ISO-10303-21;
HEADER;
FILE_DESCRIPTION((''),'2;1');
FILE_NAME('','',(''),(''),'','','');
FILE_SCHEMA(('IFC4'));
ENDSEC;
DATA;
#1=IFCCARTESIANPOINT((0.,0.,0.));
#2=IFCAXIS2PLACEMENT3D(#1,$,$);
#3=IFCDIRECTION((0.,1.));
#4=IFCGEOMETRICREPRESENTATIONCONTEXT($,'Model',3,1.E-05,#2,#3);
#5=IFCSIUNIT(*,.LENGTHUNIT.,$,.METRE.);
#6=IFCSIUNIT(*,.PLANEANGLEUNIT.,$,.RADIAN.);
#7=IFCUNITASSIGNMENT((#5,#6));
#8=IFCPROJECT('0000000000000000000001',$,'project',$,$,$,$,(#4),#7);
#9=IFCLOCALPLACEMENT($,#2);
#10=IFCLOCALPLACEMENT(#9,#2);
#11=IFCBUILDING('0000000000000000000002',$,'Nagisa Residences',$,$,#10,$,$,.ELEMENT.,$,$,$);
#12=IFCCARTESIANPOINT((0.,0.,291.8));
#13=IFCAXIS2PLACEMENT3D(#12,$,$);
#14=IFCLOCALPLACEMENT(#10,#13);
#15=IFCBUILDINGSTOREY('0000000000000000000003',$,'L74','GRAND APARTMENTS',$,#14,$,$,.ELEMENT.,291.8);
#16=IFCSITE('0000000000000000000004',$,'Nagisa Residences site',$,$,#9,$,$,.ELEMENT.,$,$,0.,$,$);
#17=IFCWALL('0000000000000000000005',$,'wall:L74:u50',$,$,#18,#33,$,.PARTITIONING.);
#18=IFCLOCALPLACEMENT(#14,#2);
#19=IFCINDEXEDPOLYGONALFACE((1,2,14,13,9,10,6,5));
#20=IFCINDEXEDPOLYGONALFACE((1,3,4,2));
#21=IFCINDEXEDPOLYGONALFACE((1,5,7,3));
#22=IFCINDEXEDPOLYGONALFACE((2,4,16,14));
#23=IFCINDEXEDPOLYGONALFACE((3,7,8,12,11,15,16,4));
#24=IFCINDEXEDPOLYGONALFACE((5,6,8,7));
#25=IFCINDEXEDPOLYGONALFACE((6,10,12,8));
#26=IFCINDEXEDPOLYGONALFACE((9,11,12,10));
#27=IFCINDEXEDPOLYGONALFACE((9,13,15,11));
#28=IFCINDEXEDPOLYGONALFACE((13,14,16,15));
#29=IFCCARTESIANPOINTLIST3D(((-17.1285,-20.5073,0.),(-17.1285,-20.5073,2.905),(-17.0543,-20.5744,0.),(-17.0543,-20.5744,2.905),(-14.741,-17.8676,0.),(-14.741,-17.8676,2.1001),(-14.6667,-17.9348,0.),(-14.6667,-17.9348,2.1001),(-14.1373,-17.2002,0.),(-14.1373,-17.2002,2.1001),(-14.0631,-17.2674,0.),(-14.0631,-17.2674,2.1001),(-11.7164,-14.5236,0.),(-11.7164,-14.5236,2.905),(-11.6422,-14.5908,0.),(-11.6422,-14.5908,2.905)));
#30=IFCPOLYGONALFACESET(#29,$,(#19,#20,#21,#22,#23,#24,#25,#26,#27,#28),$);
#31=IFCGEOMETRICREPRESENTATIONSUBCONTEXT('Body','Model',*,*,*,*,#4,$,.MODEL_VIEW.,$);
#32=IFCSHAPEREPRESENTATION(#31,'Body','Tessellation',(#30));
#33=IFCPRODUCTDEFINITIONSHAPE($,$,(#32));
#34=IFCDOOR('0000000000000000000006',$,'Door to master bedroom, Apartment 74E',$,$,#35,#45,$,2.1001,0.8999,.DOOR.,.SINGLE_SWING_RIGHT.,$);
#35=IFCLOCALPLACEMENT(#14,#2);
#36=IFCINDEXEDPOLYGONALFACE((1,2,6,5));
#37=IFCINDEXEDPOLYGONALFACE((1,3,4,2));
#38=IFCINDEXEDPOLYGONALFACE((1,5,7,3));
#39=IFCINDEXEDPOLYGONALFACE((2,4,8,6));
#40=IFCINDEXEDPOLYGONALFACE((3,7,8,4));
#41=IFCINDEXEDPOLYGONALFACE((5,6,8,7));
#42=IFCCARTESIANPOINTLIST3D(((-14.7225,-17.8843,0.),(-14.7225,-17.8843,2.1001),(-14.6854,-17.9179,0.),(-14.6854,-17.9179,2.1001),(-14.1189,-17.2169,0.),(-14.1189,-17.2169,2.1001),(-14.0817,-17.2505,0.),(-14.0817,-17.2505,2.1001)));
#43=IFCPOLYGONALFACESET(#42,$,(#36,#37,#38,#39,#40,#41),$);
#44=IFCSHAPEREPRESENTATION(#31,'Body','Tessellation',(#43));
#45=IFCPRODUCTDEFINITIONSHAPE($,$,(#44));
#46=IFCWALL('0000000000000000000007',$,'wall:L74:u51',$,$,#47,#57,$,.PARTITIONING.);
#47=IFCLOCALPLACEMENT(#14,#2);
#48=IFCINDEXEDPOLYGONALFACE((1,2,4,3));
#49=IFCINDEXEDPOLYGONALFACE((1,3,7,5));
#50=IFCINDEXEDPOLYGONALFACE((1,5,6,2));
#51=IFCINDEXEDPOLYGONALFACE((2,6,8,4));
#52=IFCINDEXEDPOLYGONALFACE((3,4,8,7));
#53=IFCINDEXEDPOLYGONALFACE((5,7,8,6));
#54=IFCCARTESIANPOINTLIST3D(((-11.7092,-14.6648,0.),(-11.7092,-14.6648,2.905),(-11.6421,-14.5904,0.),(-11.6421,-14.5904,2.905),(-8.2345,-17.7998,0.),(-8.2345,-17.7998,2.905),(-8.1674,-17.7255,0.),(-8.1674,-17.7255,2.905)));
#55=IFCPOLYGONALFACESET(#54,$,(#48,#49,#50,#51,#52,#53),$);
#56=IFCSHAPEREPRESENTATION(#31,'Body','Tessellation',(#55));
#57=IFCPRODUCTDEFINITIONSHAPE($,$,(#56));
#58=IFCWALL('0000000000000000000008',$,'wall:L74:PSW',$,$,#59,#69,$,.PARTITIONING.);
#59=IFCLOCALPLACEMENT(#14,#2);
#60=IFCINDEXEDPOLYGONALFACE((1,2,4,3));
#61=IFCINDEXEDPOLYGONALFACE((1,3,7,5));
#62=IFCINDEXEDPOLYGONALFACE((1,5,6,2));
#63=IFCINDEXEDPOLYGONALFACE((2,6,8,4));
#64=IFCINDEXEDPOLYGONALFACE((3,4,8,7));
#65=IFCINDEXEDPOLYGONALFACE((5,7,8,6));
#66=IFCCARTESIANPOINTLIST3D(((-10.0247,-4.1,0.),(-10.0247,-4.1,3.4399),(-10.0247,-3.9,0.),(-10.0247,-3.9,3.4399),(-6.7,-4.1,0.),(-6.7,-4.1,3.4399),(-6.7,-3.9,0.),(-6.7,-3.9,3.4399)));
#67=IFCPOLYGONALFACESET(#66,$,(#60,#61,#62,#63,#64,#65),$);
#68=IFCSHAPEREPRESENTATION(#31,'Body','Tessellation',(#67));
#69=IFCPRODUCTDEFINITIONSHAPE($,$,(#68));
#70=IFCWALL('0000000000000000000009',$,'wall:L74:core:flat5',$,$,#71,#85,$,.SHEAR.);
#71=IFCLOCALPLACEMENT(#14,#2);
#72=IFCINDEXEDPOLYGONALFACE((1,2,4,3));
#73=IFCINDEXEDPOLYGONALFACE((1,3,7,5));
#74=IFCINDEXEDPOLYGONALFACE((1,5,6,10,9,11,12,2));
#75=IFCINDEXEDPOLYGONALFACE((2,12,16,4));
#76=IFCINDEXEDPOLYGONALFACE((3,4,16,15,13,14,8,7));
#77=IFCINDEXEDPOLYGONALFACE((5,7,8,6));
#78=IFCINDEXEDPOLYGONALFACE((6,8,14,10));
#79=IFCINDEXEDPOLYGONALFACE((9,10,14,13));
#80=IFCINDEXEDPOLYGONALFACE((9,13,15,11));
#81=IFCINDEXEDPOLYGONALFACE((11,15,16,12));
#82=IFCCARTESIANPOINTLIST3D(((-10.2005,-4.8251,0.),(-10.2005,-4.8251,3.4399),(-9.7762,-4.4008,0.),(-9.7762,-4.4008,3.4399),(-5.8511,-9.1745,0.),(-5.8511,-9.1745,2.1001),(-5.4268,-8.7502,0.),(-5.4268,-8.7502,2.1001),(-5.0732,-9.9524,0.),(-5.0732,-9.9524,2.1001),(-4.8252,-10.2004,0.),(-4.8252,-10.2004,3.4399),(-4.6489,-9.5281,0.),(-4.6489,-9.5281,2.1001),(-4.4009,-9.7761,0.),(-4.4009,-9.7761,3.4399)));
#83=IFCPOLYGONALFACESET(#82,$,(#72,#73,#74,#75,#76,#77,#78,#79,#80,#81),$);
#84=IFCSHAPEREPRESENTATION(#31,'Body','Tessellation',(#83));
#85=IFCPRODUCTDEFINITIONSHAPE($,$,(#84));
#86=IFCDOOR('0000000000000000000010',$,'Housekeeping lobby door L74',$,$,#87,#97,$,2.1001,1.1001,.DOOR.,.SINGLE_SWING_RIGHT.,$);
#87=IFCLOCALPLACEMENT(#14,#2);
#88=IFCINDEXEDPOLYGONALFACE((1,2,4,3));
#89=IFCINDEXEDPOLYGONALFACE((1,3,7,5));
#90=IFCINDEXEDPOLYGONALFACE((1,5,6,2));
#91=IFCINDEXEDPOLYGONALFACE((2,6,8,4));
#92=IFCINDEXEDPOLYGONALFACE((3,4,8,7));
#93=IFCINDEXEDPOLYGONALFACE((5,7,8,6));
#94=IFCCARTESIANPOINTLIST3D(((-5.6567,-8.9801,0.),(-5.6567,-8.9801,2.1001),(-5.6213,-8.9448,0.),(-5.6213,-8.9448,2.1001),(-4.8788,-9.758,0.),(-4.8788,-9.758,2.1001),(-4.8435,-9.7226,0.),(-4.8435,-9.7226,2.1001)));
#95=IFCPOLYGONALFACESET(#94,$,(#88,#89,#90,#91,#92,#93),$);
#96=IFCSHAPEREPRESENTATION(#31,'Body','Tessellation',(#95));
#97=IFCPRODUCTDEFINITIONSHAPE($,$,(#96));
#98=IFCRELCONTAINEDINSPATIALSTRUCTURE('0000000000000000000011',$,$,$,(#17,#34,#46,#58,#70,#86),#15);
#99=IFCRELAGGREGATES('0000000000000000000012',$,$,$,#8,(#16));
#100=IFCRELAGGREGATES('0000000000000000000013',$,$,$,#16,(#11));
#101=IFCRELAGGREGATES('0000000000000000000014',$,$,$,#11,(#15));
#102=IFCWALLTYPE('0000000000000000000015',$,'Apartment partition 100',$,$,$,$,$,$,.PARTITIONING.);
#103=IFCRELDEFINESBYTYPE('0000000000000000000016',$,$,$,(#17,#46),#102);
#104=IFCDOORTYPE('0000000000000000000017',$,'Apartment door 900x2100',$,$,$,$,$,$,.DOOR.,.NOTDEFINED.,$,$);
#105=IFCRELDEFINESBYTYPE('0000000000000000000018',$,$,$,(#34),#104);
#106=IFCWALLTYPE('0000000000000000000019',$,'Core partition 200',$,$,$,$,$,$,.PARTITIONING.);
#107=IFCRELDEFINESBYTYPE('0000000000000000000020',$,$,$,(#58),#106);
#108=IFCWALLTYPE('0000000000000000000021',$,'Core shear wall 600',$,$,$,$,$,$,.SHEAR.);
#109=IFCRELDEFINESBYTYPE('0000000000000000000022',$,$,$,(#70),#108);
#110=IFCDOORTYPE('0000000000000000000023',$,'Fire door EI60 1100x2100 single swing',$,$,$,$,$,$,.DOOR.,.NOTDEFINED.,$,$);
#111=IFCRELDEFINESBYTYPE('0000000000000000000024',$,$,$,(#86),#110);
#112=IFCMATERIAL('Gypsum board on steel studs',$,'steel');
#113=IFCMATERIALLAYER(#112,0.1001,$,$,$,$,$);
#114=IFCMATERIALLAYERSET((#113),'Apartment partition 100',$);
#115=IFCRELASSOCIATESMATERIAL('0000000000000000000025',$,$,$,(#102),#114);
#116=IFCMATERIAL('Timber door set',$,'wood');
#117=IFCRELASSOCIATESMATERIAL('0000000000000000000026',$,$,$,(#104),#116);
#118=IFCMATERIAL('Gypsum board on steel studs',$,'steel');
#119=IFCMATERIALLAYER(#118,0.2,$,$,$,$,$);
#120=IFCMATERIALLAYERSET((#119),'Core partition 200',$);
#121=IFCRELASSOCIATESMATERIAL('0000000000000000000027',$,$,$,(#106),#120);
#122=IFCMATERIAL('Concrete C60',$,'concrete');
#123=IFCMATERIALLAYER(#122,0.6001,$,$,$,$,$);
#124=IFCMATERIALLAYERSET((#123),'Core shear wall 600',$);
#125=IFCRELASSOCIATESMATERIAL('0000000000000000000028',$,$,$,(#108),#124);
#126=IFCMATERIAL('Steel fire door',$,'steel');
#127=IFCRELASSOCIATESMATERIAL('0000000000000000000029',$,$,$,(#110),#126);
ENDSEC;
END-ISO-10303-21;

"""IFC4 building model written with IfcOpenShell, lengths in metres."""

from ifc_helpers import new_model, si_unit, direction, frame, frame_2d, origin, place, context, subcontext, project, spatial, rectangle, extrude, material, layer, layer_set, type_object, element, fill, save


model = new_model("IFC4")

# Units and contexts
model_context = context("Model", 3, precision=1e-05, world=origin(), true_north=direction((0.0, 1.0)))
body_context = subcontext(model_context, "Body", "Model", "MODEL_VIEW")
ifc_project = project(units=[si_unit("LENGTHUNIT", "METRE"), si_unit("PLANEANGLEUNIT", "RADIAN")], contexts=[model_context])

# Site, building, storey
site_placement = place(None, origin())
site = spatial("IfcSite", under=ifc_project, at=site_placement, Name="Nagisa Residences site", CompositionType="ELEMENT", RefElevation=0.0)
building_placement = place(site_placement, origin())
building = spatial("IfcBuilding", under=site, at=building_placement, Name="Nagisa Residences", CompositionType="ELEMENT")
storey_placement = place(building_placement, frame((0.0, 0.0, 291.8)))
storey = spatial("IfcBuildingStorey", under=building, at=storey_placement, Name="L74", Description="GRAND APARTMENTS", CompositionType="ELEMENT", Elevation=291.8)

# Shared definitions
ifc_material_1 = material(Name="Gypsum board on steel studs", Category="steel")
ifc_layer_1 = layer(ifc_material_1, 0.1001)
ifc_layer_set_1 = layer_set([ifc_layer_1], Name="Apartment partition 100")
wall_type_1 = type_object("IfcWallType", Name="Apartment partition 100", PredefinedType="PARTITIONING", material=ifc_layer_set_1)
ifc_material_2 = material(Name="Timber door set", Category="wood")
door_type_1 = type_object("IfcDoorType", Name="Apartment door 900x2100", OperationType="NOTDEFINED", PredefinedType="DOOR", material=ifc_material_2)

# Wall, opening, door
wall_1_placement = place(storey_placement, frame((-11.6792, -14.5571, 0.0), z_axis=(0.0, 0.0, 1.0), x_axis=(-0.6708, -0.741638, 0.0)))
wall_1 = element("IfcWall", 1, at=wall_1_placement, inside=storey, type_object=wall_type_1, Name="wall:L74:u50", PredefinedType="PARTITIONING", context=body_context, shape_type="SweptSolid", body=[
    extrude(rectangle(XDim=8.0681, YDim=0.1001, at=frame_2d((4.0342, 0.0))), origin(), (0.0, 0.0, 1.0), 2.905),
])
opening_1_placement = place(wall_1_placement, frame((3.6091, 0.0, 0.0)))
opening_1 = element("IfcOpeningElement", 2, at=opening_1_placement, cuts=wall_1, PredefinedType="OPENING", context=body_context, shape_type="SweptSolid", body=[
    extrude(rectangle(XDim=0.8999, YDim=2.1001, at=frame_2d((0.45, 1.05))), frame((0.0, 0.0601, 0.0), z_axis=(0.0, -1.0, 0.0), x_axis=(1.0, 0.0, 0.0)), (0.0, 0.0, 1.0), 0.1201),
])
door_1_placement = place(opening_1_placement, origin())
door_1 = element("IfcDoor", 3, at=door_1_placement, inside=storey, type_object=door_type_1, Name="Door to master bedroom, Apartment 74E", OperationType="SINGLE_SWING_RIGHT", OverallHeight=2.1001, OverallWidth=0.8999, PredefinedType="DOOR", context=body_context, shape_type="SweptSolid", body=[
    extrude(rectangle(XDim=0.8999, YDim=2.1001, at=frame_2d((0.45, 1.05))), frame((0.0, 0.0249, 0.0), z_axis=(0.0, -1.0, 0.0), x_axis=(1.0, 0.0, 0.0)), (0.0, 0.0, 1.0), 0.05),
])
fill(opening_1, door_1)

# Walls
wall_2_placement = place(storey_placement, frame((-11.6755, -14.6277, 0.0), z_axis=(0.0, 0.0, 1.0), x_axis=(0.742458, -0.669892, 0.0)))
element("IfcWall", 4, at=wall_2_placement, inside=storey, type_object=wall_type_1, Name="wall:L74:u51", PredefinedType="PARTITIONING", context=body_context, shape_type="SweptSolid", body=[
    extrude(rectangle(XDim=4.6799, YDim=0.1001, at=frame_2d((2.3398, 0.0))), origin(), (0.0, 0.0, 1.0), 2.905),
])
ifc_material_3 = material(Name="Gypsum board on steel studs", Category="steel")
ifc_layer_2 = layer(ifc_material_3, 0.2)
ifc_layer_set_2 = layer_set([ifc_layer_2], Name="Core partition 200")
wall_type_2 = type_object("IfcWallType", Name="Core partition 200", PredefinedType="PARTITIONING", material=ifc_layer_set_2)
wall_3_placement = place(storey_placement, frame((-10.0247, -4.0, 0.0), z_axis=(0.0, 0.0, 1.0), x_axis=(1.0, 0.0, 0.0)))
element("IfcWall", 5, at=wall_3_placement, inside=storey, type_object=wall_type_2, Name="wall:L74:PSW", PredefinedType="PARTITIONING", context=body_context, shape_type="SweptSolid", body=[
    extrude(rectangle(XDim=3.3247, YDim=0.2, at=frame_2d((1.6624, 0.0))), origin(), (0.0, 0.0, 1.0), 3.4399),
])

# Wall, opening, door
ifc_material_4 = material(Name="Concrete C60", Category="concrete")
ifc_layer_3 = layer(ifc_material_4, 0.6001)
ifc_layer_set_3 = layer_set([ifc_layer_3], Name="Core shear wall 600")
wall_type_3 = type_object("IfcWallType", Name="Core shear wall 600", PredefinedType="SHEAR", material=ifc_layer_set_3)
wall_4_placement = place(storey_placement, frame((-9.9883, -4.613, 0.0), z_axis=(0.0, 0.0, 1.0), x_axis=(0.707107, -0.707107, 0.0)))
wall_4 = element("IfcWall", 6, at=wall_4_placement, inside=storey, type_object=wall_type_3, Name="wall:L74:core:flat5", PredefinedType="SHEAR", context=body_context, shape_type="SweptSolid", body=[
    extrude(rectangle(XDim=7.6018, YDim=0.6001, at=frame_2d((3.8008, 0.0))), origin(), (0.0, 0.0, 1.0), 3.4399),
])
opening_2_placement = place(wall_4_placement, frame((6.1509, 0.0, 0.0)))
opening_2 = element("IfcOpeningElement", 7, at=opening_2_placement, cuts=wall_4, PredefinedType="OPENING", context=body_context, shape_type="SweptSolid", body=[
    extrude(rectangle(XDim=1.1001, YDim=2.1001, at=frame_2d((0.55, 1.05))), frame((0.0, 0.3101, 0.0), z_axis=(0.0, -1.0, 0.0), x_axis=(1.0, 0.0, 0.0)), (0.0, 0.0, 1.0), 0.6201),
])
ifc_material_5 = material(Name="Steel fire door", Category="steel")
door_type_2 = type_object("IfcDoorType", Name="Fire door EI60 1100x2100 single swing", OperationType="NOTDEFINED", PredefinedType="DOOR", material=ifc_material_5)
door_2_placement = place(opening_2_placement, origin())
door_2 = element("IfcDoor", 8, at=door_2_placement, inside=storey, type_object=door_type_2, Name="Housekeeping lobby door L74", OperationType="SINGLE_SWING_RIGHT", OverallHeight=2.1001, OverallWidth=1.1001, PredefinedType="DOOR", context=body_context, shape_type="SweptSolid", body=[
    extrude(rectangle(XDim=1.1001, YDim=2.1001, at=frame_2d((0.55, 1.05))), frame((0.0, 0.0249, 0.0), z_axis=(0.0, -1.0, 0.0), x_axis=(1.0, 0.0, 0.0)), (0.0, 0.0, 1.0), 0.05),
])
fill(opening_2, door_2)

save(model, "model.ifc")
